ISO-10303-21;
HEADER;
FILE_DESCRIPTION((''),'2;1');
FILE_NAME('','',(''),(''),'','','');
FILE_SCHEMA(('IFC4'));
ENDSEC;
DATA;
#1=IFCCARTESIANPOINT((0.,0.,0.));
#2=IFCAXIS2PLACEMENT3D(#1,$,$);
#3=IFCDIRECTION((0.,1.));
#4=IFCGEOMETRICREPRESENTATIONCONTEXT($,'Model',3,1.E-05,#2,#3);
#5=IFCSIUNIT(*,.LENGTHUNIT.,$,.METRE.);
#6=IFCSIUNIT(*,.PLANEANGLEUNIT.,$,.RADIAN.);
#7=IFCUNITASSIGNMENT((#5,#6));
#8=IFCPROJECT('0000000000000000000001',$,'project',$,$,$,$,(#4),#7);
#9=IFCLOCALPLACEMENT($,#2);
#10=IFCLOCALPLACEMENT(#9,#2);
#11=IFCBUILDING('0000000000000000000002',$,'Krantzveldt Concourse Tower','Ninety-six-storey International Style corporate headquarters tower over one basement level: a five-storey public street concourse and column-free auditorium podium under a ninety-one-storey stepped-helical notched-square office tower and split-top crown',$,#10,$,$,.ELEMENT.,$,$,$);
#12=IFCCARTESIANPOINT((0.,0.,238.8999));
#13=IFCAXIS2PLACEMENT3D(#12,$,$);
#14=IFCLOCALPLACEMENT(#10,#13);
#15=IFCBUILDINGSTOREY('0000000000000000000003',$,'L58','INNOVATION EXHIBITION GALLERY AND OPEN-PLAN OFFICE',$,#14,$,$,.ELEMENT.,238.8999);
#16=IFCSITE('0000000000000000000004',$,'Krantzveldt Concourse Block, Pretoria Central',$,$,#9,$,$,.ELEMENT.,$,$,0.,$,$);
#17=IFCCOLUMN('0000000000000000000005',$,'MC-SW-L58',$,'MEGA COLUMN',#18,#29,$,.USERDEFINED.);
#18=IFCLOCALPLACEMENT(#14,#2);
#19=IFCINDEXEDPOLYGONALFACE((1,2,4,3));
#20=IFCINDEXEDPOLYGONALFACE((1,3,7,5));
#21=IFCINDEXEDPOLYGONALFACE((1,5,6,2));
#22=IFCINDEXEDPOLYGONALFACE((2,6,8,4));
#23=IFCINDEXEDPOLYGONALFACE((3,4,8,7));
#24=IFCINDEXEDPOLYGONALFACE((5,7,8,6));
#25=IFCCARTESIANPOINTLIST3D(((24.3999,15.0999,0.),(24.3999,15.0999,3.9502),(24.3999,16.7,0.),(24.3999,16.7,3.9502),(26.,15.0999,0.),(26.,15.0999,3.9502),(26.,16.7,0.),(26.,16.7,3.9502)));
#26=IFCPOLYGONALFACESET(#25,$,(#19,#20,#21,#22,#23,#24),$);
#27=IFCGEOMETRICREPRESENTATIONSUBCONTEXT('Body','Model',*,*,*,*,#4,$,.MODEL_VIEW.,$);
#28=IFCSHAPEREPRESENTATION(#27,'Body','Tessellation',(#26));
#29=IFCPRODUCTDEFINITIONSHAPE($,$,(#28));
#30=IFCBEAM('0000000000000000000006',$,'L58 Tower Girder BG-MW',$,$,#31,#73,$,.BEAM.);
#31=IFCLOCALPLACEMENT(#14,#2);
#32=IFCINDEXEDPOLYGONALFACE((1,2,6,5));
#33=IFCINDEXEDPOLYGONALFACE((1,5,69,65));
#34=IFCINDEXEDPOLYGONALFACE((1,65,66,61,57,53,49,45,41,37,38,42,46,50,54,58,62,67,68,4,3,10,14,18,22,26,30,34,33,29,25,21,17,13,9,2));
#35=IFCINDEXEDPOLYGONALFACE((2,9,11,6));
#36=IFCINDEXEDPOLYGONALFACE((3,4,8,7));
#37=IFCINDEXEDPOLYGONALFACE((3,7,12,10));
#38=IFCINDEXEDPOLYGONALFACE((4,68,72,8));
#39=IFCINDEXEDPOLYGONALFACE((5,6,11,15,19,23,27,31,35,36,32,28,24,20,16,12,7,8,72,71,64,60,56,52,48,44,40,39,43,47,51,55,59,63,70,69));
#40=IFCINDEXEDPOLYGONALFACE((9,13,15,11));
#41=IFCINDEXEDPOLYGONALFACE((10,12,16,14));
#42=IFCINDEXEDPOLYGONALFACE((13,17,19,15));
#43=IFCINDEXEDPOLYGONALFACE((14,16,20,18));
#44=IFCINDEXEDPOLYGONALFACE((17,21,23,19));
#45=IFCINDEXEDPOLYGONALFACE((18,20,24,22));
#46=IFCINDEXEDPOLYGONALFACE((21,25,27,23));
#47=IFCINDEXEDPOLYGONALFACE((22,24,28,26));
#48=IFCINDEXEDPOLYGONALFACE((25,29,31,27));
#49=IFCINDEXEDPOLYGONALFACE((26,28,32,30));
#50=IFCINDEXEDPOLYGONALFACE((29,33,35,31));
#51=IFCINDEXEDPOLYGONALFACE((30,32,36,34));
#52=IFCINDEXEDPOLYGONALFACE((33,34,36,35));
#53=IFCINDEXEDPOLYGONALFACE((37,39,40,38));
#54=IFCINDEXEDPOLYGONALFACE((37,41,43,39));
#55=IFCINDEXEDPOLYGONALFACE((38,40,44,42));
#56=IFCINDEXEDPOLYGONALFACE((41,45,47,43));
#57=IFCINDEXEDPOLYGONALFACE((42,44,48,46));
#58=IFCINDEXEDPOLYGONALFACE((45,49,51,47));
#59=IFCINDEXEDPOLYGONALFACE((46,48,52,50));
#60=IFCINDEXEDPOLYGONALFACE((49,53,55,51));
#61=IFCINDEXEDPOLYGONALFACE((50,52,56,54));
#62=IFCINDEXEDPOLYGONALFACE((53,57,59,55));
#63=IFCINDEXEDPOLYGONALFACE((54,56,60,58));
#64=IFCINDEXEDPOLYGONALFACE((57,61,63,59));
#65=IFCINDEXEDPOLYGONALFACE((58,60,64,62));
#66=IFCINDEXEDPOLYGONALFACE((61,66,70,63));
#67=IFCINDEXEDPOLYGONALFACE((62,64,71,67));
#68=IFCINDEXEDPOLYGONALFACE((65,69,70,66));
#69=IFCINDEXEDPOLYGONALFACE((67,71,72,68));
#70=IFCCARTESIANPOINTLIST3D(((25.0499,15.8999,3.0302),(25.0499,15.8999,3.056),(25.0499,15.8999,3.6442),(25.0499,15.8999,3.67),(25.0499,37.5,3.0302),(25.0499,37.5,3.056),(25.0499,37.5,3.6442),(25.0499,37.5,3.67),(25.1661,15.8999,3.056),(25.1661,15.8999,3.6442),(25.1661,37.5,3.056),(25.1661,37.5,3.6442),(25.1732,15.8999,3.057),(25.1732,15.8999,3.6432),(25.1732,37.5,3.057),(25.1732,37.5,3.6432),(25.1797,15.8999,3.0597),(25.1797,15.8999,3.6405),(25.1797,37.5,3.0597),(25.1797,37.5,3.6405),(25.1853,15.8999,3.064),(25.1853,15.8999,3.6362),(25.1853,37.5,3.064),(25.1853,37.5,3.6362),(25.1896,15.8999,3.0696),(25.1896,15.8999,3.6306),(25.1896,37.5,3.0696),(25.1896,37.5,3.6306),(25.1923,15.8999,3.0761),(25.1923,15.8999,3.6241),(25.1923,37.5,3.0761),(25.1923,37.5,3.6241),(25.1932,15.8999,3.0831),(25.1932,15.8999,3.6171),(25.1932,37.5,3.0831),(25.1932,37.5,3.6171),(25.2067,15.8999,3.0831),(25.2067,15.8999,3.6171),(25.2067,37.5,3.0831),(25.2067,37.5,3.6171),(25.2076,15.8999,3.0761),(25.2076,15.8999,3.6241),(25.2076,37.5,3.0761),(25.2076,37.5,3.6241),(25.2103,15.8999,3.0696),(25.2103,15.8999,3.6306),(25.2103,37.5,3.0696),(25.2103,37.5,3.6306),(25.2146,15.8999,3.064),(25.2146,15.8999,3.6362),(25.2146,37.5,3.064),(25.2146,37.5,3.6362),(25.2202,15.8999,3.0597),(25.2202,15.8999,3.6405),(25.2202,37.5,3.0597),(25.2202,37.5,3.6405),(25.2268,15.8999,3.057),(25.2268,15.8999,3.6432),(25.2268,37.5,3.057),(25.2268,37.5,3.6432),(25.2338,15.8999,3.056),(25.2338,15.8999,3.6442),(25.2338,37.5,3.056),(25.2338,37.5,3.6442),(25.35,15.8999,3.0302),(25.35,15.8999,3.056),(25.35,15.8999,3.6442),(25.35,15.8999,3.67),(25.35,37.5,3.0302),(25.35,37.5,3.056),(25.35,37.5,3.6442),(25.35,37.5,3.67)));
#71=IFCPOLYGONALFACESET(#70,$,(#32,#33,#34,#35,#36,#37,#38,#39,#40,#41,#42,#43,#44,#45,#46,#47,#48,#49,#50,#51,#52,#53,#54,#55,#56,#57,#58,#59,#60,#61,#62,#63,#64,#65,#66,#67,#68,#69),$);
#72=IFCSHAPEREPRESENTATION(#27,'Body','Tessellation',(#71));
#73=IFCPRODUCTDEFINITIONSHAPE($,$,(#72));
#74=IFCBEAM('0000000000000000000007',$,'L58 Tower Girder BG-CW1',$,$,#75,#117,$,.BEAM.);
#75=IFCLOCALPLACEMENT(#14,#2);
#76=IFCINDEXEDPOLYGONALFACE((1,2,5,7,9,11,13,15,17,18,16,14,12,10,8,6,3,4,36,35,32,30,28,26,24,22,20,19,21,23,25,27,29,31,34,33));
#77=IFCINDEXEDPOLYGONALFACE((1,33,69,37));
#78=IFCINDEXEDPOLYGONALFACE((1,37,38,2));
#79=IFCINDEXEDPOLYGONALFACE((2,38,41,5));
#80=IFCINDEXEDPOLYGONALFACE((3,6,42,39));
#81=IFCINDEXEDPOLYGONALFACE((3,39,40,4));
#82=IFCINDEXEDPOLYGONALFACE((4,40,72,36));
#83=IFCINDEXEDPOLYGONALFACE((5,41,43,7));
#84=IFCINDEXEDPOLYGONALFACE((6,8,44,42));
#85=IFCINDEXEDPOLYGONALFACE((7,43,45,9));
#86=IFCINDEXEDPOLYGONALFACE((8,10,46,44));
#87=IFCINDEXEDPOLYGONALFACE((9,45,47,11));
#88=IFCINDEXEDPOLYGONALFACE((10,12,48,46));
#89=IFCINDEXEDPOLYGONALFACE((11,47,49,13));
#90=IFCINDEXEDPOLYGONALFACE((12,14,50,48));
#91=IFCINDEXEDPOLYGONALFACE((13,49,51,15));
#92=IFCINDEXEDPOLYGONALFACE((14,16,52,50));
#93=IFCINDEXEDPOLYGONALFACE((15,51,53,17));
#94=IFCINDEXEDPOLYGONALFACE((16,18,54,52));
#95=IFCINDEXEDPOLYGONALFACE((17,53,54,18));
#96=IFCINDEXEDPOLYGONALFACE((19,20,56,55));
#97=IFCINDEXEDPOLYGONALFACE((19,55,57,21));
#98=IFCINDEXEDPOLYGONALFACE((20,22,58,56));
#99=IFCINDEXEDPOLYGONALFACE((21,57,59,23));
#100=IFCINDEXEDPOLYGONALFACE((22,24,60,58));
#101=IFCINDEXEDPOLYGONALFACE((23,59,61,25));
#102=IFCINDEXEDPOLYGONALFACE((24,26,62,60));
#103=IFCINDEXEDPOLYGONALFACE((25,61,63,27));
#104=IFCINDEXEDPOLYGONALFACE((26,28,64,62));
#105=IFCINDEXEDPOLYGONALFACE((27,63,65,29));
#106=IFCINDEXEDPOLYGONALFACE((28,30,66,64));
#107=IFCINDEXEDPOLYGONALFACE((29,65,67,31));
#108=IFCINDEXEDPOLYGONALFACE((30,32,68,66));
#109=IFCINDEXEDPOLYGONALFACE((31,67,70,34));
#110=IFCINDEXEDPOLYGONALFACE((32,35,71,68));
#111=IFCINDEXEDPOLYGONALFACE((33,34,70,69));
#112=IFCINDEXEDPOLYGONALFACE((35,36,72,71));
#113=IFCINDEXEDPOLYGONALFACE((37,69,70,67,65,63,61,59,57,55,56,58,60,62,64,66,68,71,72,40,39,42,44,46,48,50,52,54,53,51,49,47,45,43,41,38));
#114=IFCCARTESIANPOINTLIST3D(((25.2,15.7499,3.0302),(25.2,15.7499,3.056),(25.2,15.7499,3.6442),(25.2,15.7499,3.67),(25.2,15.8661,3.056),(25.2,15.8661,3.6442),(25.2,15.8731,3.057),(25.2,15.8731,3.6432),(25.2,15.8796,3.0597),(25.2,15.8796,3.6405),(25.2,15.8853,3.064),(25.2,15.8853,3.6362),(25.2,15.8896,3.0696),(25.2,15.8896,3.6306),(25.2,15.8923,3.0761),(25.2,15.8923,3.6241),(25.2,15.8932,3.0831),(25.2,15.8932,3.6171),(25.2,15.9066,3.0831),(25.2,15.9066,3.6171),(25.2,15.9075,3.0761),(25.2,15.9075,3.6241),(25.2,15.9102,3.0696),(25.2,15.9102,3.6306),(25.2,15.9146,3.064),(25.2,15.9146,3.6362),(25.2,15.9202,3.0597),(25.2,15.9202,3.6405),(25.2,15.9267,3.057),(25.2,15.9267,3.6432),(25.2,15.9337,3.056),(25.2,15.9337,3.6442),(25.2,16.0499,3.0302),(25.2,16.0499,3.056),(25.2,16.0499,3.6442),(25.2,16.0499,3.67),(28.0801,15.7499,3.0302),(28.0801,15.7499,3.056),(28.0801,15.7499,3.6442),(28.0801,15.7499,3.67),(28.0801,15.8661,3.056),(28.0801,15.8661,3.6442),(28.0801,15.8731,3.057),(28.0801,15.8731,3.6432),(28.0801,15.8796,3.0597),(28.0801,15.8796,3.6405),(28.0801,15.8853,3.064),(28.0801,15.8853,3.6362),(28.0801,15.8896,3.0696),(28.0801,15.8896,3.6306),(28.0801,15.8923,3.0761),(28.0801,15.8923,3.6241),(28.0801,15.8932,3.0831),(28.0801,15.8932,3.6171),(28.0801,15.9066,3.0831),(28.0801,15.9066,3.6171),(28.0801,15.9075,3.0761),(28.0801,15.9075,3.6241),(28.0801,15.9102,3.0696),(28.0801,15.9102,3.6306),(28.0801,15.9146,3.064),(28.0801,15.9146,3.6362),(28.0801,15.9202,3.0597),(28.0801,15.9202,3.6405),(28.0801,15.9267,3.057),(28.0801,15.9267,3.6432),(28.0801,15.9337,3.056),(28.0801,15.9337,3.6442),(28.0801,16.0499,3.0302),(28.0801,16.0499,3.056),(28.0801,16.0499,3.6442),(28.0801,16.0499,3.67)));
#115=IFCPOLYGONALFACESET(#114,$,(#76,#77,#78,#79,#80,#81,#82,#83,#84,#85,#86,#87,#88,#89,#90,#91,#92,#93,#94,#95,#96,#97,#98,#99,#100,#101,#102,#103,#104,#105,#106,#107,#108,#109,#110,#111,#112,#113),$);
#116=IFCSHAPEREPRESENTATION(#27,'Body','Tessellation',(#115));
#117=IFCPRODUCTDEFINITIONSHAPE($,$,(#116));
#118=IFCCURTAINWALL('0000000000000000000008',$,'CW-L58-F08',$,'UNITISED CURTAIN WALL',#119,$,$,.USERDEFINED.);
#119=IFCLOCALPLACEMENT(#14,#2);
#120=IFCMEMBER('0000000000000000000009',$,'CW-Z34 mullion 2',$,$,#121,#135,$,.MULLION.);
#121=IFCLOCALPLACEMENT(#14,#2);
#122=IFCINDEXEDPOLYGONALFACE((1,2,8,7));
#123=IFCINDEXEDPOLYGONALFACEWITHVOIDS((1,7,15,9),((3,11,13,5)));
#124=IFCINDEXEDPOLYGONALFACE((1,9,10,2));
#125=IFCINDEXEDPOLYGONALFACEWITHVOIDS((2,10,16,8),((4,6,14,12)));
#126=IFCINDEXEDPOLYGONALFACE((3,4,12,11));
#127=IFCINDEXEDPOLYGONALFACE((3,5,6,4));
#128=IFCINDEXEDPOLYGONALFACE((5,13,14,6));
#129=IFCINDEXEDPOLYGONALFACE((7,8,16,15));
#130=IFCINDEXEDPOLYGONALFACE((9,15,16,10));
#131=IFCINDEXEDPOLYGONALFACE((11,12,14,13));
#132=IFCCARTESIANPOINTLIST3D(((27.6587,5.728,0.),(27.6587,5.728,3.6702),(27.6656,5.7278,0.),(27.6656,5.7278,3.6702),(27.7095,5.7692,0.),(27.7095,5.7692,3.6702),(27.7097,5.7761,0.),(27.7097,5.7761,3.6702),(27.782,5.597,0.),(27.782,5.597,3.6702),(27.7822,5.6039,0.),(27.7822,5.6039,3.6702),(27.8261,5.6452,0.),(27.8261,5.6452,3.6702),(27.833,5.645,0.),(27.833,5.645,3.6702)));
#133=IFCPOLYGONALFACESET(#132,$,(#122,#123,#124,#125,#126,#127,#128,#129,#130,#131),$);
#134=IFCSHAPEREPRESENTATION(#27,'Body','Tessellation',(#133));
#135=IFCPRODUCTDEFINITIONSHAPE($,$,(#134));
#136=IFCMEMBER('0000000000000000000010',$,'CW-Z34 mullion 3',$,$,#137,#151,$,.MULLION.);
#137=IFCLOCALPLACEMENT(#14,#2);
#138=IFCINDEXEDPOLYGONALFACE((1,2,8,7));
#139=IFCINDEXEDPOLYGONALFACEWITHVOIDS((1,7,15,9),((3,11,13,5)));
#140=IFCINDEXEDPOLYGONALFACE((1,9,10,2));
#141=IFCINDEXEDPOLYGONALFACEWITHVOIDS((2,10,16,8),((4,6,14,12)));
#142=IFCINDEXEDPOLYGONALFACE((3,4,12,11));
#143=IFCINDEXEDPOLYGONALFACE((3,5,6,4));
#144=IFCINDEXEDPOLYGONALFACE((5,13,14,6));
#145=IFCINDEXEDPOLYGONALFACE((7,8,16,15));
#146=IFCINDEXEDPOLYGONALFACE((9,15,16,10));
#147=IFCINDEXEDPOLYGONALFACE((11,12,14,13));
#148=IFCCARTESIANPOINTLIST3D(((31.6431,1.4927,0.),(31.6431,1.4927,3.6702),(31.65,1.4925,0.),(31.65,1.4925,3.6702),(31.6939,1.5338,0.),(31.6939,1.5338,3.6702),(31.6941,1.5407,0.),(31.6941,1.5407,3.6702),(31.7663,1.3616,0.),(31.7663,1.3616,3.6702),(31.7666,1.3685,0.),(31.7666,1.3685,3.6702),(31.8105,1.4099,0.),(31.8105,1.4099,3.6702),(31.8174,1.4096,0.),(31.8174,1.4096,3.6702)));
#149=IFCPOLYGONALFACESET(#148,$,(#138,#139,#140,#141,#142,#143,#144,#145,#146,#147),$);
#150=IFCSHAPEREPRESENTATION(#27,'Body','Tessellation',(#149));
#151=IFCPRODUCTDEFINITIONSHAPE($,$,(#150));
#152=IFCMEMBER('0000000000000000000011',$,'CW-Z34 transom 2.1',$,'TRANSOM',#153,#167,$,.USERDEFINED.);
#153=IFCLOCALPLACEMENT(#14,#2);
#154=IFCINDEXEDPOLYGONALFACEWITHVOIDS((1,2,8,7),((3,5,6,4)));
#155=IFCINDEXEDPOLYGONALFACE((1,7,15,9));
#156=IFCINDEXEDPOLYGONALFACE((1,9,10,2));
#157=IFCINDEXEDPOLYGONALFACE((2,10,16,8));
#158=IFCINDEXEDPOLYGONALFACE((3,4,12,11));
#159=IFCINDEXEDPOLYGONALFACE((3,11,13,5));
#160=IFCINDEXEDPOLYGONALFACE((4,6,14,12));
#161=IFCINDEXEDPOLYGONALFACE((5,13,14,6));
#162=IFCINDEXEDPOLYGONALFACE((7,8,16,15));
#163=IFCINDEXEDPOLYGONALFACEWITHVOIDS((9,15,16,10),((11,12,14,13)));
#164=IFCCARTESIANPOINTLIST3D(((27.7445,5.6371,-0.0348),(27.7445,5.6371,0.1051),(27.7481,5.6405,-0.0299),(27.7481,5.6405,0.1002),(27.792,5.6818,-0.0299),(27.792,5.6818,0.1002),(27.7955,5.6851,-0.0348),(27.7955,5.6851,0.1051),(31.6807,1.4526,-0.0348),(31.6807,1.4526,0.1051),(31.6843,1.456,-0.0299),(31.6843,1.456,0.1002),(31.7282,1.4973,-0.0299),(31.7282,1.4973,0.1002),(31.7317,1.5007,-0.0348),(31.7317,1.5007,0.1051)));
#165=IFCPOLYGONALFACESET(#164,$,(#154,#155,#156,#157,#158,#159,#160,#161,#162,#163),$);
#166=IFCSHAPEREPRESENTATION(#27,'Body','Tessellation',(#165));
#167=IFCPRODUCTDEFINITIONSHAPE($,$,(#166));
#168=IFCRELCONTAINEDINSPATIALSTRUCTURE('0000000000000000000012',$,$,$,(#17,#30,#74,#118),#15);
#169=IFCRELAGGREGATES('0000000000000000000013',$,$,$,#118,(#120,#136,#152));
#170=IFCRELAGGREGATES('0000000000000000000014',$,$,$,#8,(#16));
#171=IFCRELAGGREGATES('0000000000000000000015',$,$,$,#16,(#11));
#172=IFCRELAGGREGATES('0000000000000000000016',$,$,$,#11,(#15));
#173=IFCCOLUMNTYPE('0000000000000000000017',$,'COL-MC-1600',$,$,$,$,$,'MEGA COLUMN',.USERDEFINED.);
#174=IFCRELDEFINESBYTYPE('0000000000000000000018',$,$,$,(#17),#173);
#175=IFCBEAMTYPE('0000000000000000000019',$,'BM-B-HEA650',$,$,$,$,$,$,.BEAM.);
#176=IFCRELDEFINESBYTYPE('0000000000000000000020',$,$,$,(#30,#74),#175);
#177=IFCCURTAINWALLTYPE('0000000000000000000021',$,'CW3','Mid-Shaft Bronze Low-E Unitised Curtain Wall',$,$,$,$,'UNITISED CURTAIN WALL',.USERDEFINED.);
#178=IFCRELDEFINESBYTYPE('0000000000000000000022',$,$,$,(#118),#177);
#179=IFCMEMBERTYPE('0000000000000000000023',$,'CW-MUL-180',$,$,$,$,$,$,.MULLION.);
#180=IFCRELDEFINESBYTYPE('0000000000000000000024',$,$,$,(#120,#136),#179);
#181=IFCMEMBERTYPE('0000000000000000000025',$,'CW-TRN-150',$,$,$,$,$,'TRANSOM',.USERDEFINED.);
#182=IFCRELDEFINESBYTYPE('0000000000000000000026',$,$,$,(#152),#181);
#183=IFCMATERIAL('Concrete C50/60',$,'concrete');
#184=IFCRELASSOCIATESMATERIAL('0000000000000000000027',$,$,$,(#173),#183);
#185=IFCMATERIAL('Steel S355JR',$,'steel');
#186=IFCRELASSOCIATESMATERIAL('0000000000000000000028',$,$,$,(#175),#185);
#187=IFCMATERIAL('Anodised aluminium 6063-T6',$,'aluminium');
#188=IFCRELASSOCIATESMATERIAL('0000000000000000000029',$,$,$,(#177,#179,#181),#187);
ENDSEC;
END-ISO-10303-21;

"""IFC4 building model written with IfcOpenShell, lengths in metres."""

from ifc_helpers import new_model, si_unit, direction, frame, origin, origin_2d, place, context, subcontext, project, spatial, rectangle, hollow_rectangle, i_section, extrude, source, transform, mapped, material, material_profile, profile_set, type_object, type_shapes, element, aggregate, save


model = new_model("IFC4")

# Units and contexts
model_context = context("Model", 3, precision=1e-05, world=origin(), true_north=direction((0.0, 1.0)))
body_context = subcontext(model_context, "Body", "Model", "MODEL_VIEW")
ifc_project = project(units=[si_unit("LENGTHUNIT", "METRE"), si_unit("PLANEANGLEUNIT", "RADIAN")], contexts=[model_context])

# Site, building, storey
site_placement = place(None, origin())
site = spatial("IfcSite", under=ifc_project, at=site_placement, Name="Krantzveldt Concourse Block, Pretoria Central", CompositionType="ELEMENT", RefElevation=0.0)
building_placement = place(site_placement, origin())
building = spatial("IfcBuilding", under=site, at=building_placement, Name="Krantzveldt Concourse Tower", Description="Ninety-six-storey International Style corporate headquarters tower over one basement level: a five-storey public street concourse and column-free auditorium podium under a ninety-one-storey stepped-helical notched-square office tower and split-top crown", CompositionType="ELEMENT")
storey_placement = place(building_placement, frame((0.0, 0.0, 238.8999)))
storey = spatial("IfcBuildingStorey", under=building, at=storey_placement, Name="L58", Description="INNOVATION EXHIBITION GALLERY AND OPEN-PLAN OFFICE", CompositionType="ELEMENT", Elevation=238.8999)

# Column
ifc_material_1 = material(Name="Concrete C50/60", Category="concrete")
ifc_material_profile_1 = material_profile(ifc_material_1, rectangle(XDim=1.6001, YDim=1.6001, at=origin_2d()), Name="Concrete C50/60", Category="concrete")
ifc_profile_set_1 = profile_set([ifc_material_profile_1], Name="Concrete C50/60 - RC 1600x1600")
column_type = type_object("IfcColumnType", Name="COL-MC-1600", ElementType="MEGA COLUMN", PredefinedType="USERDEFINED", material=ifc_profile_set_1)
shared_shape_1 = source(origin(), body_context, "Body", "SweptSolid", [
    extrude(rectangle(XDim=1.6001, YDim=1.6001, at=origin_2d()), origin(), (0.0, 0.0, 1.0), 3.9502),
])
type_shapes(column_type, [shared_shape_1])
column_placement = place(storey_placement, frame((25.2, 15.8999, 0.0), z_axis=(0.0, 0.0, 1.0), x_axis=(1.0, 0.0, 0.0)))
element("IfcColumn", 1, at=column_placement, inside=storey, type_object=column_type, Name="MC-SW-L58", ObjectType="MEGA COLUMN", PredefinedType="USERDEFINED", context=body_context, shape_type="MappedRepresentation", body=[
    mapped(shared_shape_1, transform((0.0, 0.0, 0.0), x_axis=(1.0, 0.0, 0.0), y_axis=(0.0, 1.0, 0.0), z_axis=(0.0, 0.0, 1.0), scale=1.0)),
])

# Beams
ifc_material_2 = material(Name="Steel S355JR", Category="steel")
ifc_material_profile_2 = material_profile(ifc_material_2, i_section(OverallWidth=0.3, OverallDepth=0.6399, WebThickness=0.0134, FlangeThickness=0.0259, FilletRadius=0.0271, at=origin_2d()), Name="Steel S355JR", Category="steel")
ifc_profile_set_2 = profile_set([ifc_material_profile_2], Name="Steel S355JR - HEA 650")
beam_type = type_object("IfcBeamType", Name="BM-B-HEA650", PredefinedType="BEAM", material=ifc_profile_set_2)
shared_shape_2 = source(origin(), body_context, "Body", "SweptSolid", [
    extrude(i_section(OverallWidth=0.3, OverallDepth=0.6399, WebThickness=0.0134, FlangeThickness=0.0259, FilletRadius=0.0271, at=origin_2d()), origin(), (0.0, 0.0, 1.0), 21.6001),
])
beam_1_placement = place(storey_placement, frame((25.2, 15.8999, 3.3501), z_axis=(0.0, 1.0, 0.0), x_axis=(-1.0, 0.0, 0.0)))
element("IfcBeam", 2, at=beam_1_placement, inside=storey, type_object=beam_type, Name="L58 Tower Girder BG-MW", PredefinedType="BEAM", context=body_context, shape_type="MappedRepresentation", body=[
    mapped(shared_shape_2, transform((0.0, 0.0, 0.0), x_axis=(1.0, 0.0, 0.0), y_axis=(0.0, 1.0, 0.0), z_axis=(0.0, 0.0, 1.0), scale=1.0)),
])
shared_shape_3 = source(origin(), body_context, "Body", "SweptSolid", [
    extrude(i_section(OverallWidth=0.3, OverallDepth=0.6399, WebThickness=0.0134, FlangeThickness=0.0259, FilletRadius=0.0271, at=origin_2d()), origin(), (0.0, 0.0, 1.0), 2.8801),
])
type_shapes(beam_type, [shared_shape_2, shared_shape_3])
beam_2_placement = place(storey_placement, frame((25.2, 15.8999, 3.3501), z_axis=(1.0, 0.0, 0.0), x_axis=(0.0, 1.0, 0.0)))
element("IfcBeam", 3, at=beam_2_placement, inside=storey, type_object=beam_type, Name="L58 Tower Girder BG-CW1", PredefinedType="BEAM", context=body_context, shape_type="MappedRepresentation", body=[
    mapped(shared_shape_3, transform((0.0, 0.0, 0.0), x_axis=(1.0, 0.0, 0.0), y_axis=(0.0, 1.0, 0.0), z_axis=(0.0, 0.0, 1.0), scale=1.0)),
])

# Curtain wall, members
ifc_material_3 = material(Name="Anodised aluminium 6063-T6", Category="aluminium")
curtain_wall_type = type_object("IfcCurtainWallType", Name="CW3", Description="Mid-Shaft Bronze Low-E Unitised Curtain Wall", ElementType="UNITISED CURTAIN WALL", PredefinedType="USERDEFINED", material=ifc_material_3)
curtain_wall_placement = place(storey_placement, origin())
curtain_wall = element("IfcCurtainWall", 4, at=curtain_wall_placement, inside=storey, type_object=curtain_wall_type, Name="CW-L58-F08", ObjectType="UNITISED CURTAIN WALL", PredefinedType="USERDEFINED")
ifc_material_profile_3 = material_profile(ifc_material_3, hollow_rectangle(XDim=0.0701, YDim=0.1799, WallThickness=0.0049, at=origin_2d()), Name="Anodised aluminium 6063-T6", Category="aluminium")
ifc_profile_set_3 = profile_set([ifc_material_profile_3], Name="Anodised aluminium 6063-T6 - ALU-MULL 180x70x5")
member_type_1 = type_object("IfcMemberType", Name="CW-MUL-180", PredefinedType="MULLION", material=ifc_profile_set_3)
shared_shape_4 = source(origin(), body_context, "Body", "SweptSolid", [
    extrude(hollow_rectangle(XDim=0.0701, YDim=0.1799, WallThickness=0.0049, at=origin_2d()), origin(), (0.0, 0.0, 1.0), 3.6702),
])
type_shapes(member_type_1, [shared_shape_4])
member_1_placement = place(storey_placement, frame((27.7458, 5.6865, 0.0), z_axis=(0.0, 0.0, 1.0), x_axis=(0.728371, 0.685183, 0.0)))
member_1 = element("IfcMember", 5, at=member_1_placement, type_object=member_type_1, Name="CW-Z34 mullion 2", PredefinedType="MULLION", context=body_context, shape_type="MappedRepresentation", body=[
    mapped(shared_shape_4, transform((0.0, 0.0, 0.0), x_axis=(1.0, 0.0, 0.0), y_axis=(0.0, 1.0, 0.0), z_axis=(0.0, 0.0, 1.0), scale=1.0)),
])
member_2_placement = place(storey_placement, frame((31.7302, 1.4512, 0.0), z_axis=(0.0, 0.0, 1.0), x_axis=(0.728371, 0.685183, 0.0)))
member_2 = element("IfcMember", 6, at=member_2_placement, type_object=member_type_1, Name="CW-Z34 mullion 3", PredefinedType="MULLION", context=body_context, shape_type="MappedRepresentation", body=[
    mapped(shared_shape_4, transform((0.0, 0.0, 0.0), x_axis=(1.0, 0.0, 0.0), y_axis=(0.0, 1.0, 0.0), z_axis=(0.0, 0.0, 1.0), scale=1.0)),
])
ifc_material_profile_4 = material_profile(ifc_material_3, hollow_rectangle(XDim=0.0701, YDim=0.1399, WallThickness=0.0049, at=origin_2d()), Name="Anodised aluminium 6063-T6", Category="aluminium")
ifc_profile_set_4 = profile_set([ifc_material_profile_4], Name="Anodised aluminium 6063-T6 - ALU-TRAN 140x70x5")
member_type_2 = type_object("IfcMemberType", Name="CW-TRN-150", ElementType="TRANSOM", PredefinedType="USERDEFINED", material=ifc_profile_set_4)
shared_shape_5 = source(origin(), body_context, "Body", "SweptSolid", [
    extrude(hollow_rectangle(XDim=0.0701, YDim=0.1399, WallThickness=0.0049, at=origin_2d()), origin(), (0.0, 0.0, 1.0), 5.7449),
])
type_shapes(member_type_2, [shared_shape_5])
member_3_placement = place(storey_placement, frame((27.77, 5.6611, 0.0352), z_axis=(0.685167, -0.728386, 0.0), x_axis=(0.728386, 0.685167, 0.0)))
member_3 = element("IfcMember", 7, at=member_3_placement, type_object=member_type_2, Name="CW-Z34 transom 2.1", ObjectType="TRANSOM", PredefinedType="USERDEFINED", context=body_context, shape_type="MappedRepresentation", body=[
    mapped(shared_shape_5, transform((0.0, 0.0, 0.0), x_axis=(1.0, 0.0, 0.0), y_axis=(0.0, 1.0, 0.0), z_axis=(0.0, 0.0, 1.0), scale=1.0)),
])
aggregate(curtain_wall, [member_1, member_2, member_3])

save(model, "model.ifc")
